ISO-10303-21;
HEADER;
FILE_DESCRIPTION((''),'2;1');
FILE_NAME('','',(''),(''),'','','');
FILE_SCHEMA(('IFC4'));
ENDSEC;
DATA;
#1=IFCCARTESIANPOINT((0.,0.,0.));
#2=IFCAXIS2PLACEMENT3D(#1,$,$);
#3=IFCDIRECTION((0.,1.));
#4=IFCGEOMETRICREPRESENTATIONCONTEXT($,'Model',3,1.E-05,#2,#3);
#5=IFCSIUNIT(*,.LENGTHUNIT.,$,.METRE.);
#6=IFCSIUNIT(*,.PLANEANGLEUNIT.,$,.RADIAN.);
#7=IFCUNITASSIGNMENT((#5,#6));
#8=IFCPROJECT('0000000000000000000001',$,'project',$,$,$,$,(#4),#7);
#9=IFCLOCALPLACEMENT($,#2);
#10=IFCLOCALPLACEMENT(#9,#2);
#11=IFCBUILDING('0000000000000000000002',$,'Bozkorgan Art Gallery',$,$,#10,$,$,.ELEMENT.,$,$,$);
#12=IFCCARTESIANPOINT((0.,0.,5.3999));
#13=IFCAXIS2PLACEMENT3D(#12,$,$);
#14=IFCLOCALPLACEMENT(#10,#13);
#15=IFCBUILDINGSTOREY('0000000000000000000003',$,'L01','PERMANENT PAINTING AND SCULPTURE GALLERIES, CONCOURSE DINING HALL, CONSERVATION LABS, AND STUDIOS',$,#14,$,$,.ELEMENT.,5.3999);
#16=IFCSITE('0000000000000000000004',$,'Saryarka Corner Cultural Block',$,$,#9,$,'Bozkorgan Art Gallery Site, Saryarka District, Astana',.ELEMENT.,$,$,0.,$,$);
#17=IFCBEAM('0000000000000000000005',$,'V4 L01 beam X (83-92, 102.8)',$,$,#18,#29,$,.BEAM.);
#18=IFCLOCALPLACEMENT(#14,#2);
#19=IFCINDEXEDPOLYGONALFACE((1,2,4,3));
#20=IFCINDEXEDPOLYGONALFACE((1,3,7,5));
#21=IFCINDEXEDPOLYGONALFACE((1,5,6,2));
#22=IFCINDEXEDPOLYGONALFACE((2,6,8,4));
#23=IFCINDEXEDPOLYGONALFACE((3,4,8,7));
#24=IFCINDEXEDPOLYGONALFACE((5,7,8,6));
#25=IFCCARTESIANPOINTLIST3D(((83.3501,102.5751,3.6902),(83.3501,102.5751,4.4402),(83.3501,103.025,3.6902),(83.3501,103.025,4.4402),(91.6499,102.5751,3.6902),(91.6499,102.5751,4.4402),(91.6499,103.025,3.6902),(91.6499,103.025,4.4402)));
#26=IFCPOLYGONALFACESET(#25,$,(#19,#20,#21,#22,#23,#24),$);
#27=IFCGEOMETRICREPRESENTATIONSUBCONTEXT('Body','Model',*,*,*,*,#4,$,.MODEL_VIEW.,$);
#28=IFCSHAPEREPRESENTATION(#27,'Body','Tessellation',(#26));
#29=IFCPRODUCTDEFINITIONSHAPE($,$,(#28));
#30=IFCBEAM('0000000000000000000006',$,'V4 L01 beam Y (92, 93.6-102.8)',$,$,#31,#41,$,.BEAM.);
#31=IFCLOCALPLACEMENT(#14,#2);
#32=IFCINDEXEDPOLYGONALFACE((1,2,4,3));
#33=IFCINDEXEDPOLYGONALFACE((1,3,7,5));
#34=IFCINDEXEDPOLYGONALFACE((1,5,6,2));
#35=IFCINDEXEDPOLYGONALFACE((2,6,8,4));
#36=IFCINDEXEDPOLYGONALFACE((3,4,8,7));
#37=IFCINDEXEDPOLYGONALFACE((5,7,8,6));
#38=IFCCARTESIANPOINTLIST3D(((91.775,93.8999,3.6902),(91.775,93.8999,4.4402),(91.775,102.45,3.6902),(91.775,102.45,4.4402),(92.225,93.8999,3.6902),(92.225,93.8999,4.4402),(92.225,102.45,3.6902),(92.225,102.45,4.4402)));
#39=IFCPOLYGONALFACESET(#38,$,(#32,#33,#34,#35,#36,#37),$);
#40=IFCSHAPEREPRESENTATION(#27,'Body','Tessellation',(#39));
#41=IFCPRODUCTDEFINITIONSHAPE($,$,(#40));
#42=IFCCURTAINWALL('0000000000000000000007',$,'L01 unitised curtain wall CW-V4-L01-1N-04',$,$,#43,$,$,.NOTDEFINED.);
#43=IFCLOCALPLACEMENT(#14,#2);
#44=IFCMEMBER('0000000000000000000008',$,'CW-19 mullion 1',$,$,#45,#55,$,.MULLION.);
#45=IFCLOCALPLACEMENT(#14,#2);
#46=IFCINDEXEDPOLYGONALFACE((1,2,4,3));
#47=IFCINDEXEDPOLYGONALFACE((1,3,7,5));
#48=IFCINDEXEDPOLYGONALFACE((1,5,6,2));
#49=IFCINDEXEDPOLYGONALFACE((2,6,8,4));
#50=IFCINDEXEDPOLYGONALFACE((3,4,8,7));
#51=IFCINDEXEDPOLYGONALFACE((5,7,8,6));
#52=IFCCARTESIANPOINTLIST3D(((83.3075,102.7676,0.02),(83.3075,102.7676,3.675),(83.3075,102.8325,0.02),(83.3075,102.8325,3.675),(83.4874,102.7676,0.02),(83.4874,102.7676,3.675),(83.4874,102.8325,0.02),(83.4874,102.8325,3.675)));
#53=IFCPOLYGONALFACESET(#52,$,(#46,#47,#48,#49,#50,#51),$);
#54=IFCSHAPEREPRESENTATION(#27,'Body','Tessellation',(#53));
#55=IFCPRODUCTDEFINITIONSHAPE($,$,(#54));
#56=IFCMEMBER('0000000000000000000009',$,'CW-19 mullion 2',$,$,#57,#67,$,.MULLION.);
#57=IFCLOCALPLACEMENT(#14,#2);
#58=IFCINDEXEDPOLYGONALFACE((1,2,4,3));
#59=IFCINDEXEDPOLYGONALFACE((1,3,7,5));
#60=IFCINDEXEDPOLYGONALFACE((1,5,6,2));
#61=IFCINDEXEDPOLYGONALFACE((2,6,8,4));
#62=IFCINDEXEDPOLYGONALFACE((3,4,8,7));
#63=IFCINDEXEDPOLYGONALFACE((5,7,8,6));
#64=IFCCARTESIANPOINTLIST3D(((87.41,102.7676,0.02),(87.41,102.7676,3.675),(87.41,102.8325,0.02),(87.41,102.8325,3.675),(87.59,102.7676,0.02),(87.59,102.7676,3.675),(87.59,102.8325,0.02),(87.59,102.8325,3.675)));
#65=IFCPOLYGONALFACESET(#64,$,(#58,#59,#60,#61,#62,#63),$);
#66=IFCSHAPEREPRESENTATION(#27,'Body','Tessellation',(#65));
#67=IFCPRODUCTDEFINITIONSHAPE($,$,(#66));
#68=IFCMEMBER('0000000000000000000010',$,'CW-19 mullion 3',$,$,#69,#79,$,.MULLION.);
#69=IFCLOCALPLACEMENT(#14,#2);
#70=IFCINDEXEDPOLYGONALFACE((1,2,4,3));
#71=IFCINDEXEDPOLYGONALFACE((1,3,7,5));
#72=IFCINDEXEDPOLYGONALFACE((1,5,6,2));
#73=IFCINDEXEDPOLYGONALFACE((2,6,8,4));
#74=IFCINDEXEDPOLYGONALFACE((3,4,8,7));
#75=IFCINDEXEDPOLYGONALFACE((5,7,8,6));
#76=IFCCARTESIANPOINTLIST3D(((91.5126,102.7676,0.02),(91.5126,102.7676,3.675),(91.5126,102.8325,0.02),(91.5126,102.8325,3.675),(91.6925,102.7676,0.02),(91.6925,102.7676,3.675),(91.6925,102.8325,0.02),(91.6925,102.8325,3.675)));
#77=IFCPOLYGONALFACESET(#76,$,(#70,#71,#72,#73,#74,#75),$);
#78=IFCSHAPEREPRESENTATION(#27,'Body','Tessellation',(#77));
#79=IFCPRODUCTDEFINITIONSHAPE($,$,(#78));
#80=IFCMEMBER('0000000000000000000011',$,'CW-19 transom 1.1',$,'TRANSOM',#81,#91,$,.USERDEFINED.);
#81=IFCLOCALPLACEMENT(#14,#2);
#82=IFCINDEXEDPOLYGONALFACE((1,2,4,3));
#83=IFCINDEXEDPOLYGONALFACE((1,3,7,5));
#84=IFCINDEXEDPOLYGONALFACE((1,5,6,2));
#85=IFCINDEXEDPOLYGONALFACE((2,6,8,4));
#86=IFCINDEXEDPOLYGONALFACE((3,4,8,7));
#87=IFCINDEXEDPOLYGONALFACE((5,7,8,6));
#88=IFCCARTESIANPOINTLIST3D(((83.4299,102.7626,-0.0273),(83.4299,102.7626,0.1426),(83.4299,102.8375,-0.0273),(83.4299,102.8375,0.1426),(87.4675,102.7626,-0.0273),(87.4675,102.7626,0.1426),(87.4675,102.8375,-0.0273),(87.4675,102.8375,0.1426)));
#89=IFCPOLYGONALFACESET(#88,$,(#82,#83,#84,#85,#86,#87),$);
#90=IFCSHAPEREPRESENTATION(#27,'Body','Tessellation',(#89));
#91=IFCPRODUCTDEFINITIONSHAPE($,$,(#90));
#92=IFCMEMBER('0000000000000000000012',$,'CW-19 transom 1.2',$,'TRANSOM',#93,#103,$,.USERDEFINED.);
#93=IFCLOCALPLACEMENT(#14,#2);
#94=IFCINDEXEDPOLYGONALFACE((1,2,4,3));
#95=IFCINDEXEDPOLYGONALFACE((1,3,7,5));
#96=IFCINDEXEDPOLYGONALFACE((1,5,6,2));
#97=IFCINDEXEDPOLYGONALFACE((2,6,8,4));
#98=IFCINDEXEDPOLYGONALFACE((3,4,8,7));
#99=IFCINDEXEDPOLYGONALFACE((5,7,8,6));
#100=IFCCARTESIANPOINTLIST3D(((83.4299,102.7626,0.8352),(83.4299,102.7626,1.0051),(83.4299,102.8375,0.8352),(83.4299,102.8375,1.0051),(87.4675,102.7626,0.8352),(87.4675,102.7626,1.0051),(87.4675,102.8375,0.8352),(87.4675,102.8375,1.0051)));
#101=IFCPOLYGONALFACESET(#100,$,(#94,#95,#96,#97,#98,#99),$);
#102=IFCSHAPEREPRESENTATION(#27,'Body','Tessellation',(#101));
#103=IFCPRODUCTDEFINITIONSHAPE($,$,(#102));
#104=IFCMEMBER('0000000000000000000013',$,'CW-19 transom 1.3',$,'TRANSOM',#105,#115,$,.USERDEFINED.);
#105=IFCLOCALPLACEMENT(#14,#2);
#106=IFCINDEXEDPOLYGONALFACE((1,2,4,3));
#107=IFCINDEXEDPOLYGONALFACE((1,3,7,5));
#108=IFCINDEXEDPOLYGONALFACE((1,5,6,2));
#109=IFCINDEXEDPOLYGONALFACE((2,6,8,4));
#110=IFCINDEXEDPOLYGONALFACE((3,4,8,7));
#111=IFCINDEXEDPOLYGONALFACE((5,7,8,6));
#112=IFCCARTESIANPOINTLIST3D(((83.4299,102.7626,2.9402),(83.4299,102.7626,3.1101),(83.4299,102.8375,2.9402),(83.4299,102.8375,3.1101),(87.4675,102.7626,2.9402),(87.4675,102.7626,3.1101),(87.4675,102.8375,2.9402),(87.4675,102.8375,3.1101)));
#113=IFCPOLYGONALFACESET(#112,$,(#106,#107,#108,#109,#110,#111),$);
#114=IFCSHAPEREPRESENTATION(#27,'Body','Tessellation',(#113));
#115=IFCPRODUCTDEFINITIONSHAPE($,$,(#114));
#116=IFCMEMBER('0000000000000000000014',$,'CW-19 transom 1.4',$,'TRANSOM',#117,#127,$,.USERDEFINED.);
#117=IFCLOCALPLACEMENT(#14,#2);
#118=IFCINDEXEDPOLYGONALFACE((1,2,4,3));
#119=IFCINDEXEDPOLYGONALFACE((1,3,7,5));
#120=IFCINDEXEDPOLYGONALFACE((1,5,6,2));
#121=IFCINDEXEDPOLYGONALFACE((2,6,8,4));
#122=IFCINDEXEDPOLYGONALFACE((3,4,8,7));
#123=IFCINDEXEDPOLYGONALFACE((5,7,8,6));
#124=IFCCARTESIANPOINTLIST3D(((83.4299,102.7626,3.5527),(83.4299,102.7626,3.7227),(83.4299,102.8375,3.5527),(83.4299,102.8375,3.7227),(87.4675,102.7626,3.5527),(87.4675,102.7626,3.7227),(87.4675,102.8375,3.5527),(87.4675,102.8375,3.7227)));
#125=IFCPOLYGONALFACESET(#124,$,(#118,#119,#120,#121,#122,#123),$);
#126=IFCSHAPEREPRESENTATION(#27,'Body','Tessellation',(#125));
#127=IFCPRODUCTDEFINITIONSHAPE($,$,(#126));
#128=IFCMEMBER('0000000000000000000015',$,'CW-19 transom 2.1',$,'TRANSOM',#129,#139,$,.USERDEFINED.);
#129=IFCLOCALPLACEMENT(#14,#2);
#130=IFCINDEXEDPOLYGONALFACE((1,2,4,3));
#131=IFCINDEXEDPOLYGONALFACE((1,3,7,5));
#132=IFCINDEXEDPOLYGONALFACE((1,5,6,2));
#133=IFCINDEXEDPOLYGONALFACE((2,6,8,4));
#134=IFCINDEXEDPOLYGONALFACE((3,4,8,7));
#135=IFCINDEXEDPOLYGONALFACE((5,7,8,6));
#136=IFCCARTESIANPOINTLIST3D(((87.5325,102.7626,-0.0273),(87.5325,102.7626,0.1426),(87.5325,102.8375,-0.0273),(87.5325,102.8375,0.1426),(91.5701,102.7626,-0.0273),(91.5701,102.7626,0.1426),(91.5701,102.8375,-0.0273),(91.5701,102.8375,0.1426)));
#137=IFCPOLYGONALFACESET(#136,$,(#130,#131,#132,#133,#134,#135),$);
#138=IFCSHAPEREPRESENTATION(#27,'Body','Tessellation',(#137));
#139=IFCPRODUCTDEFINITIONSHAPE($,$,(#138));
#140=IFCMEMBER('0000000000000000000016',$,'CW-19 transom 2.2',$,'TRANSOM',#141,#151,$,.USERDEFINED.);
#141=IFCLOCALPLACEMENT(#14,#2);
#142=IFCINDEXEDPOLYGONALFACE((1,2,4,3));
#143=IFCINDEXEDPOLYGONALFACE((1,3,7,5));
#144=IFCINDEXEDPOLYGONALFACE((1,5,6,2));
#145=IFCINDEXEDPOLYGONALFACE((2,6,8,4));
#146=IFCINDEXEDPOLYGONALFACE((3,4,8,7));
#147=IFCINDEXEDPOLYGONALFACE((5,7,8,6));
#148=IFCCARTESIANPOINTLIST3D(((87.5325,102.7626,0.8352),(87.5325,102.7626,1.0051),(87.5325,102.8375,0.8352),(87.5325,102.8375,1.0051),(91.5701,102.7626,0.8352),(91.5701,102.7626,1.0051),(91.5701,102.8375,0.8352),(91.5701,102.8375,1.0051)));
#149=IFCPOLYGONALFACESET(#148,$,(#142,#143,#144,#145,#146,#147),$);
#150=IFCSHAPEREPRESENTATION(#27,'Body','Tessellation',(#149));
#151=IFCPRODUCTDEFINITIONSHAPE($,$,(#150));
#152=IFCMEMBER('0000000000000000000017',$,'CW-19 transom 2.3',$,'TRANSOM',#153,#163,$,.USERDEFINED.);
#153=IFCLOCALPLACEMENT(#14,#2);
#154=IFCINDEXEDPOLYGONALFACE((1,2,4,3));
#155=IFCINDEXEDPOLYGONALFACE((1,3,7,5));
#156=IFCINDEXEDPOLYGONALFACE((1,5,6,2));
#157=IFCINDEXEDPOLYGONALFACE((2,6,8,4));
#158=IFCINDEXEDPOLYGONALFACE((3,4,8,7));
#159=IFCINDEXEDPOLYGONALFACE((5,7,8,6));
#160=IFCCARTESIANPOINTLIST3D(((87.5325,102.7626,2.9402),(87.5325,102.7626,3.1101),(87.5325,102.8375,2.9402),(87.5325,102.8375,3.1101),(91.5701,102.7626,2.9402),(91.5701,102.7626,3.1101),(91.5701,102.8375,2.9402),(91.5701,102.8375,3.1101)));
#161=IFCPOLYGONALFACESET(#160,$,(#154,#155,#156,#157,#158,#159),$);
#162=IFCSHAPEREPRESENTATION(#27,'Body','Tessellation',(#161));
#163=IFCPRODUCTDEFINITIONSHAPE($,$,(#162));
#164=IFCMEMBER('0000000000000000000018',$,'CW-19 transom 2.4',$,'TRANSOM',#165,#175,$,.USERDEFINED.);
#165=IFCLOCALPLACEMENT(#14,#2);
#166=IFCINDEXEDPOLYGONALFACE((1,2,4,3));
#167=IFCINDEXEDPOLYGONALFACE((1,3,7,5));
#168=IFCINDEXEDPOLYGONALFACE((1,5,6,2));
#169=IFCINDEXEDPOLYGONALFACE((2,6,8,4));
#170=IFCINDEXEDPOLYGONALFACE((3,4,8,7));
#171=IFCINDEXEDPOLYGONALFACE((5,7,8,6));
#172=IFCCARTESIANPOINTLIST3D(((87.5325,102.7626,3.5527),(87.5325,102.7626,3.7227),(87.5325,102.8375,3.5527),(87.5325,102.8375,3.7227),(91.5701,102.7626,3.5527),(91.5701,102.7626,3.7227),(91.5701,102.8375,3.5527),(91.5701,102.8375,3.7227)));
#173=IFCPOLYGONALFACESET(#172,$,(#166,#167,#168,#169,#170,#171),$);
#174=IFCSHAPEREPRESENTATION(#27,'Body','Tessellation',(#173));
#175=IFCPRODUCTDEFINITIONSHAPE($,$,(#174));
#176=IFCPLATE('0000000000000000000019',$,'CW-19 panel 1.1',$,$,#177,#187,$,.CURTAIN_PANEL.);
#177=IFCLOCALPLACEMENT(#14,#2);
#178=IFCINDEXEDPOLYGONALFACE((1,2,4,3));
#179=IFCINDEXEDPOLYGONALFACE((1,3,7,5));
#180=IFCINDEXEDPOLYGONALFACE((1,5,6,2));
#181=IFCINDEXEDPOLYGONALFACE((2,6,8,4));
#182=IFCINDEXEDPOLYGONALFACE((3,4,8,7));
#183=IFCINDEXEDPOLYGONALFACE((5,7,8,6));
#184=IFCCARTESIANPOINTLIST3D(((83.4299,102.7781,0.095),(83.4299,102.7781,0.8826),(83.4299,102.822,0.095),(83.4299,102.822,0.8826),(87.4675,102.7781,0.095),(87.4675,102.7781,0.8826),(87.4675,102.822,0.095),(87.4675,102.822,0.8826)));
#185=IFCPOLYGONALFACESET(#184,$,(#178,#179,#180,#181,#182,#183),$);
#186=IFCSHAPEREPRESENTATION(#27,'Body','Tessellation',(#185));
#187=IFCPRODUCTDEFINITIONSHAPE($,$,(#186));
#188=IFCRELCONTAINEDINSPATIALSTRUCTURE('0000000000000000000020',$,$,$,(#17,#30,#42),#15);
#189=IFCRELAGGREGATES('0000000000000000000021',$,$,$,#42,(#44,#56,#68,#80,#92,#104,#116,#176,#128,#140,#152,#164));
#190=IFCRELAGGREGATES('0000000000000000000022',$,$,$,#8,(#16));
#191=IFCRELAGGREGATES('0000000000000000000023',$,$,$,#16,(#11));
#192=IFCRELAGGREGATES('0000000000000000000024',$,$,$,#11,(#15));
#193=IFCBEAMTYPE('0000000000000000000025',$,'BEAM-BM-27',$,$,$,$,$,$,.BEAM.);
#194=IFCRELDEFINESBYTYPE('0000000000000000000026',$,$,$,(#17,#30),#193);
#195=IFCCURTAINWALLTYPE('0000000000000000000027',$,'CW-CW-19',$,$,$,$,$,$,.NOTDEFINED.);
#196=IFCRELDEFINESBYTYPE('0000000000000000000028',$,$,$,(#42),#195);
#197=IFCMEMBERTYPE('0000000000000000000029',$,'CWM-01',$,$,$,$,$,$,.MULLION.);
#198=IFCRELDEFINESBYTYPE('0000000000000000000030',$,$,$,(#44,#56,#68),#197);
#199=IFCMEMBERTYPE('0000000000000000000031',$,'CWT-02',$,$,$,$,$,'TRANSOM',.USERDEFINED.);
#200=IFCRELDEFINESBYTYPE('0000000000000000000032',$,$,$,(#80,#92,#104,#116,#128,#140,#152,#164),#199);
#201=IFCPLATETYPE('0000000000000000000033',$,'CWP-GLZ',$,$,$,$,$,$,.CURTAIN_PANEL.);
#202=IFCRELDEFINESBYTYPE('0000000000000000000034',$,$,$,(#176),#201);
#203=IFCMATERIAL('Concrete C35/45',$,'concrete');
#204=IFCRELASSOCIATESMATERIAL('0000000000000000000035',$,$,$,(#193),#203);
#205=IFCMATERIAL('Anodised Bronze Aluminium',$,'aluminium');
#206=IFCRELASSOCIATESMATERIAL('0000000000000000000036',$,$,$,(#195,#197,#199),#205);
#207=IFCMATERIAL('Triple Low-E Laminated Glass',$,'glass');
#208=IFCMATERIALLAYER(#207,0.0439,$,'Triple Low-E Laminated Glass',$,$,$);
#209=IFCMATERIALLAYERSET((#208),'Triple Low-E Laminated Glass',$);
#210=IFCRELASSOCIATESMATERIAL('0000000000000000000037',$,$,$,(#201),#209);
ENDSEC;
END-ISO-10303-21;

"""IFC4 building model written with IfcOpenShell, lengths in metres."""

from ifc_helpers import new_model, si_unit, direction, frame, origin, origin_2d, place, context, subcontext, project, spatial, rectangle, extrude, material, layer, layer_set, material_profile, profile_set, type_object, element, aggregate, save


model = new_model("IFC4")

# Units and contexts
model_context = context("Model", 3, precision=1e-05, world=origin(), true_north=direction((0.0, 1.0)))
body_context = subcontext(model_context, "Body", "Model", "MODEL_VIEW")
ifc_project = project(units=[si_unit("LENGTHUNIT", "METRE"), si_unit("PLANEANGLEUNIT", "RADIAN")], contexts=[model_context])

# Site, building, storey
site_placement = place(None, origin())
site = spatial("IfcSite", under=ifc_project, at=site_placement, Name="Saryarka Corner Cultural Block", LongName="Bozkorgan Art Gallery Site, Saryarka District, Astana", CompositionType="ELEMENT", RefElevation=0.0)
building_placement = place(site_placement, origin())
building = spatial("IfcBuilding", under=site, at=building_placement, Name="Bozkorgan Art Gallery", CompositionType="ELEMENT")
storey_placement = place(building_placement, frame((0.0, 0.0, 5.3999)))
storey = spatial("IfcBuildingStorey", under=building, at=storey_placement, Name="L01", Description="PERMANENT PAINTING AND SCULPTURE GALLERIES, CONCOURSE DINING HALL, CONSERVATION LABS, AND STUDIOS", CompositionType="ELEMENT", Elevation=5.3999)

# Beams
ifc_material_1 = material(Name="Concrete C35/45", Category="concrete")
ifc_material_profile_1 = material_profile(ifc_material_1, rectangle(XDim=0.45, YDim=0.75, at=origin_2d()), Name="RC 450x750")
ifc_profile_set_1 = profile_set([ifc_material_profile_1], Name="Concrete C35/45")
beam_type = type_object("IfcBeamType", Name="BEAM-BM-27", PredefinedType="BEAM", material=ifc_profile_set_1)
beam_1_placement = place(storey_placement, frame((83.3501, 102.8, 4.0652), z_axis=(1.0, 0.0, 0.0), x_axis=(0.0, 1.0, 0.0)))
element("IfcBeam", 1, at=beam_1_placement, inside=storey, type_object=beam_type, Name="V4 L01 beam X (83-92, 102.8)", PredefinedType="BEAM", context=body_context, shape_type="SweptSolid", body=[
    extrude(rectangle(XDim=0.45, YDim=0.75, at=origin_2d()), origin(), (0.0, 0.0, 1.0), 8.2998),
])
beam_2_placement = place(storey_placement, frame((92.0, 93.8999, 4.0652), z_axis=(0.0, 1.0, 0.0), x_axis=(-1.0, 0.0, 0.0)))
element("IfcBeam", 2, at=beam_2_placement, inside=storey, type_object=beam_type, Name="V4 L01 beam Y (92, 93.6-102.8)", PredefinedType="BEAM", context=body_context, shape_type="SweptSolid", body=[
    extrude(rectangle(XDim=0.45, YDim=0.75, at=origin_2d()), origin(), (0.0, 0.0, 1.0), 8.55),
])

# Curtain wall, members, plate
ifc_material_2 = material(Name="Anodised Bronze Aluminium", Category="aluminium")
curtain_wall_type = type_object("IfcCurtainWallType", Name="CW-CW-19", PredefinedType="NOTDEFINED", material=ifc_material_2)
curtain_wall_placement = place(storey_placement, origin())
curtain_wall = element("IfcCurtainWall", 3, at=curtain_wall_placement, inside=storey, type_object=curtain_wall_type, Name="L01 unitised curtain wall CW-V4-L01-1N-04", PredefinedType="NOTDEFINED")
ifc_material_profile_2 = material_profile(ifc_material_2, rectangle(XDim=0.0649, YDim=0.1799, at=origin_2d()), Name="ALU MULLION 65x180")
ifc_profile_set_2 = profile_set([ifc_material_profile_2], Name="Anodised Bronze Aluminium")
member_type_1 = type_object("IfcMemberType", Name="CWM-01", PredefinedType="MULLION", material=ifc_profile_set_2)
member_1_placement = place(storey_placement, frame((83.3975, 102.8, 0.02), z_axis=(0.0, 0.0, 1.0), x_axis=(0.0, 1.0, 0.0)))
member_1 = element("IfcMember", 4, at=member_1_placement, type_object=member_type_1, Name="CW-19 mullion 1", PredefinedType="MULLION", context=body_context, shape_type="SweptSolid", body=[
    extrude(rectangle(XDim=0.0649, YDim=0.1799, at=origin_2d()), origin(), (0.0, 0.0, 1.0), 3.655),
])
member_2_placement = place(storey_placement, frame((87.5, 102.8, 0.02), z_axis=(0.0, 0.0, 1.0), x_axis=(0.0, 1.0, 0.0)))
member_2 = element("IfcMember", 5, at=member_2_placement, type_object=member_type_1, Name="CW-19 mullion 2", PredefinedType="MULLION", context=body_context, shape_type="SweptSolid", body=[
    extrude(rectangle(XDim=0.0649, YDim=0.1799, at=origin_2d()), origin(), (0.0, 0.0, 1.0), 3.655),
])
member_3_placement = place(storey_placement, frame((91.6025, 102.8, 0.02), z_axis=(0.0, 0.0, 1.0), x_axis=(0.0, 1.0, 0.0)))
member_3 = element("IfcMember", 6, at=member_3_placement, type_object=member_type_1, Name="CW-19 mullion 3", PredefinedType="MULLION", context=body_context, shape_type="SweptSolid", body=[
    extrude(rectangle(XDim=0.0649, YDim=0.1799, at=origin_2d()), origin(), (0.0, 0.0, 1.0), 3.655),
])
ifc_material_profile_3 = material_profile(ifc_material_2, rectangle(XDim=0.075, YDim=0.1699, at=origin_2d()), Name="ALU TRANSOM 75x170")
ifc_profile_set_3 = profile_set([ifc_material_profile_3], Name="Anodised Bronze Aluminium")
member_type_2 = type_object("IfcMemberType", Name="CWT-02", ElementType="TRANSOM", PredefinedType="USERDEFINED", material=ifc_profile_set_3)
member_4_placement = place(storey_placement, frame((83.4299, 102.8, 0.0576), z_axis=(1.0, 0.0, 0.0), x_axis=(0.0, 1.0, 0.0)))
member_4 = element("IfcMember", 7, at=member_4_placement, type_object=member_type_2, Name="CW-19 transom 1.1", ObjectType="TRANSOM", PredefinedType="USERDEFINED", context=body_context, shape_type="SweptSolid", body=[
    extrude(rectangle(XDim=0.075, YDim=0.1699, at=origin_2d()), origin(), (0.0, 0.0, 1.0), 4.0376),
])
member_5_placement = place(storey_placement, frame((83.4299, 102.8, 0.9202), z_axis=(1.0, 0.0, 0.0), x_axis=(0.0, 1.0, 0.0)))
member_5 = element("IfcMember", 8, at=member_5_placement, type_object=member_type_2, Name="CW-19 transom 1.2", ObjectType="TRANSOM", PredefinedType="USERDEFINED", context=body_context, shape_type="SweptSolid", body=[
    extrude(rectangle(XDim=0.075, YDim=0.1699, at=origin_2d()), origin(), (0.0, 0.0, 1.0), 4.0376),
])
member_6_placement = place(storey_placement, frame((83.4299, 102.8, 3.0251), z_axis=(1.0, 0.0, 0.0), x_axis=(0.0, 1.0, 0.0)))
member_6 = element("IfcMember", 9, at=member_6_placement, type_object=member_type_2, Name="CW-19 transom 1.3", ObjectType="TRANSOM", PredefinedType="USERDEFINED", context=body_context, shape_type="SweptSolid", body=[
    extrude(rectangle(XDim=0.075, YDim=0.1699, at=origin_2d()), origin(), (0.0, 0.0, 1.0), 4.0376),
])
member_7_placement = place(storey_placement, frame((83.4299, 102.8, 3.6377), z_axis=(1.0, 0.0, 0.0), x_axis=(0.0, 1.0, 0.0)))
member_7 = element("IfcMember", 10, at=member_7_placement, type_object=member_type_2, Name="CW-19 transom 1.4", ObjectType="TRANSOM", PredefinedType="USERDEFINED", context=body_context, shape_type="SweptSolid", body=[
    extrude(rectangle(XDim=0.075, YDim=0.1699, at=origin_2d()), origin(), (0.0, 0.0, 1.0), 4.0376),
])
member_8_placement = place(storey_placement, frame((87.5325, 102.8, 0.0576), z_axis=(1.0, 0.0, 0.0), x_axis=(0.0, 1.0, 0.0)))
member_8 = element("IfcMember", 11, at=member_8_placement, type_object=member_type_2, Name="CW-19 transom 2.1", ObjectType="TRANSOM", PredefinedType="USERDEFINED", context=body_context, shape_type="SweptSolid", body=[
    extrude(rectangle(XDim=0.075, YDim=0.1699, at=origin_2d()), origin(), (0.0, 0.0, 1.0), 4.0376),
])
member_9_placement = place(storey_placement, frame((87.5325, 102.8, 0.9202), z_axis=(1.0, 0.0, 0.0), x_axis=(0.0, 1.0, 0.0)))
member_9 = element("IfcMember", 12, at=member_9_placement, type_object=member_type_2, Name="CW-19 transom 2.2", ObjectType="TRANSOM", PredefinedType="USERDEFINED", context=body_context, shape_type="SweptSolid", body=[
    extrude(rectangle(XDim=0.075, YDim=0.1699, at=origin_2d()), origin(), (0.0, 0.0, 1.0), 4.0376),
])
member_10_placement = place(storey_placement, frame((87.5325, 102.8, 3.0251), z_axis=(1.0, 0.0, 0.0), x_axis=(0.0, 1.0, 0.0)))
member_10 = element("IfcMember", 13, at=member_10_placement, type_object=member_type_2, Name="CW-19 transom 2.3", ObjectType="TRANSOM", PredefinedType="USERDEFINED", context=body_context, shape_type="SweptSolid", body=[
    extrude(rectangle(XDim=0.075, YDim=0.1699, at=origin_2d()), origin(), (0.0, 0.0, 1.0), 4.0376),
])
member_11_placement = place(storey_placement, frame((87.5325, 102.8, 3.6377), z_axis=(1.0, 0.0, 0.0), x_axis=(0.0, 1.0, 0.0)))
member_11 = element("IfcMember", 14, at=member_11_placement, type_object=member_type_2, Name="CW-19 transom 2.4", ObjectType="TRANSOM", PredefinedType="USERDEFINED", context=body_context, shape_type="SweptSolid", body=[
    extrude(rectangle(XDim=0.075, YDim=0.1699, at=origin_2d()), origin(), (0.0, 0.0, 1.0), 4.0376),
])
ifc_material_3 = material(Name="Triple Low-E Laminated Glass", Category="glass")
ifc_layer = layer(ifc_material_3, 0.0439, Name="Triple Low-E Laminated Glass")
ifc_layer_set = layer_set([ifc_layer], Name="Triple Low-E Laminated Glass")
plate_type = type_object("IfcPlateType", Name="CWP-GLZ", PredefinedType="CURTAIN_PANEL", material=ifc_layer_set)
plate_1_placement = place(storey_placement, frame((85.4487, 102.8, 0.095), z_axis=(0.0, 0.0, 1.0), x_axis=(1.0, 0.0, 0.0)))
plate_1 = element("IfcPlate", 15, at=plate_1_placement, type_object=plate_type, Name="CW-19 panel 1.1", PredefinedType="CURTAIN_PANEL", context=body_context, shape_type="SweptSolid", body=[
    extrude(rectangle(XDim=4.0376, YDim=0.0439, at=origin_2d()), origin(), (0.0, 0.0, 1.0), 0.7876),
])
aggregate(curtain_wall, [member_1, member_2, member_3, member_4, member_5, member_6, member_7, plate_1, member_8, member_9, member_10, member_11])

save(model, "model.ifc")
